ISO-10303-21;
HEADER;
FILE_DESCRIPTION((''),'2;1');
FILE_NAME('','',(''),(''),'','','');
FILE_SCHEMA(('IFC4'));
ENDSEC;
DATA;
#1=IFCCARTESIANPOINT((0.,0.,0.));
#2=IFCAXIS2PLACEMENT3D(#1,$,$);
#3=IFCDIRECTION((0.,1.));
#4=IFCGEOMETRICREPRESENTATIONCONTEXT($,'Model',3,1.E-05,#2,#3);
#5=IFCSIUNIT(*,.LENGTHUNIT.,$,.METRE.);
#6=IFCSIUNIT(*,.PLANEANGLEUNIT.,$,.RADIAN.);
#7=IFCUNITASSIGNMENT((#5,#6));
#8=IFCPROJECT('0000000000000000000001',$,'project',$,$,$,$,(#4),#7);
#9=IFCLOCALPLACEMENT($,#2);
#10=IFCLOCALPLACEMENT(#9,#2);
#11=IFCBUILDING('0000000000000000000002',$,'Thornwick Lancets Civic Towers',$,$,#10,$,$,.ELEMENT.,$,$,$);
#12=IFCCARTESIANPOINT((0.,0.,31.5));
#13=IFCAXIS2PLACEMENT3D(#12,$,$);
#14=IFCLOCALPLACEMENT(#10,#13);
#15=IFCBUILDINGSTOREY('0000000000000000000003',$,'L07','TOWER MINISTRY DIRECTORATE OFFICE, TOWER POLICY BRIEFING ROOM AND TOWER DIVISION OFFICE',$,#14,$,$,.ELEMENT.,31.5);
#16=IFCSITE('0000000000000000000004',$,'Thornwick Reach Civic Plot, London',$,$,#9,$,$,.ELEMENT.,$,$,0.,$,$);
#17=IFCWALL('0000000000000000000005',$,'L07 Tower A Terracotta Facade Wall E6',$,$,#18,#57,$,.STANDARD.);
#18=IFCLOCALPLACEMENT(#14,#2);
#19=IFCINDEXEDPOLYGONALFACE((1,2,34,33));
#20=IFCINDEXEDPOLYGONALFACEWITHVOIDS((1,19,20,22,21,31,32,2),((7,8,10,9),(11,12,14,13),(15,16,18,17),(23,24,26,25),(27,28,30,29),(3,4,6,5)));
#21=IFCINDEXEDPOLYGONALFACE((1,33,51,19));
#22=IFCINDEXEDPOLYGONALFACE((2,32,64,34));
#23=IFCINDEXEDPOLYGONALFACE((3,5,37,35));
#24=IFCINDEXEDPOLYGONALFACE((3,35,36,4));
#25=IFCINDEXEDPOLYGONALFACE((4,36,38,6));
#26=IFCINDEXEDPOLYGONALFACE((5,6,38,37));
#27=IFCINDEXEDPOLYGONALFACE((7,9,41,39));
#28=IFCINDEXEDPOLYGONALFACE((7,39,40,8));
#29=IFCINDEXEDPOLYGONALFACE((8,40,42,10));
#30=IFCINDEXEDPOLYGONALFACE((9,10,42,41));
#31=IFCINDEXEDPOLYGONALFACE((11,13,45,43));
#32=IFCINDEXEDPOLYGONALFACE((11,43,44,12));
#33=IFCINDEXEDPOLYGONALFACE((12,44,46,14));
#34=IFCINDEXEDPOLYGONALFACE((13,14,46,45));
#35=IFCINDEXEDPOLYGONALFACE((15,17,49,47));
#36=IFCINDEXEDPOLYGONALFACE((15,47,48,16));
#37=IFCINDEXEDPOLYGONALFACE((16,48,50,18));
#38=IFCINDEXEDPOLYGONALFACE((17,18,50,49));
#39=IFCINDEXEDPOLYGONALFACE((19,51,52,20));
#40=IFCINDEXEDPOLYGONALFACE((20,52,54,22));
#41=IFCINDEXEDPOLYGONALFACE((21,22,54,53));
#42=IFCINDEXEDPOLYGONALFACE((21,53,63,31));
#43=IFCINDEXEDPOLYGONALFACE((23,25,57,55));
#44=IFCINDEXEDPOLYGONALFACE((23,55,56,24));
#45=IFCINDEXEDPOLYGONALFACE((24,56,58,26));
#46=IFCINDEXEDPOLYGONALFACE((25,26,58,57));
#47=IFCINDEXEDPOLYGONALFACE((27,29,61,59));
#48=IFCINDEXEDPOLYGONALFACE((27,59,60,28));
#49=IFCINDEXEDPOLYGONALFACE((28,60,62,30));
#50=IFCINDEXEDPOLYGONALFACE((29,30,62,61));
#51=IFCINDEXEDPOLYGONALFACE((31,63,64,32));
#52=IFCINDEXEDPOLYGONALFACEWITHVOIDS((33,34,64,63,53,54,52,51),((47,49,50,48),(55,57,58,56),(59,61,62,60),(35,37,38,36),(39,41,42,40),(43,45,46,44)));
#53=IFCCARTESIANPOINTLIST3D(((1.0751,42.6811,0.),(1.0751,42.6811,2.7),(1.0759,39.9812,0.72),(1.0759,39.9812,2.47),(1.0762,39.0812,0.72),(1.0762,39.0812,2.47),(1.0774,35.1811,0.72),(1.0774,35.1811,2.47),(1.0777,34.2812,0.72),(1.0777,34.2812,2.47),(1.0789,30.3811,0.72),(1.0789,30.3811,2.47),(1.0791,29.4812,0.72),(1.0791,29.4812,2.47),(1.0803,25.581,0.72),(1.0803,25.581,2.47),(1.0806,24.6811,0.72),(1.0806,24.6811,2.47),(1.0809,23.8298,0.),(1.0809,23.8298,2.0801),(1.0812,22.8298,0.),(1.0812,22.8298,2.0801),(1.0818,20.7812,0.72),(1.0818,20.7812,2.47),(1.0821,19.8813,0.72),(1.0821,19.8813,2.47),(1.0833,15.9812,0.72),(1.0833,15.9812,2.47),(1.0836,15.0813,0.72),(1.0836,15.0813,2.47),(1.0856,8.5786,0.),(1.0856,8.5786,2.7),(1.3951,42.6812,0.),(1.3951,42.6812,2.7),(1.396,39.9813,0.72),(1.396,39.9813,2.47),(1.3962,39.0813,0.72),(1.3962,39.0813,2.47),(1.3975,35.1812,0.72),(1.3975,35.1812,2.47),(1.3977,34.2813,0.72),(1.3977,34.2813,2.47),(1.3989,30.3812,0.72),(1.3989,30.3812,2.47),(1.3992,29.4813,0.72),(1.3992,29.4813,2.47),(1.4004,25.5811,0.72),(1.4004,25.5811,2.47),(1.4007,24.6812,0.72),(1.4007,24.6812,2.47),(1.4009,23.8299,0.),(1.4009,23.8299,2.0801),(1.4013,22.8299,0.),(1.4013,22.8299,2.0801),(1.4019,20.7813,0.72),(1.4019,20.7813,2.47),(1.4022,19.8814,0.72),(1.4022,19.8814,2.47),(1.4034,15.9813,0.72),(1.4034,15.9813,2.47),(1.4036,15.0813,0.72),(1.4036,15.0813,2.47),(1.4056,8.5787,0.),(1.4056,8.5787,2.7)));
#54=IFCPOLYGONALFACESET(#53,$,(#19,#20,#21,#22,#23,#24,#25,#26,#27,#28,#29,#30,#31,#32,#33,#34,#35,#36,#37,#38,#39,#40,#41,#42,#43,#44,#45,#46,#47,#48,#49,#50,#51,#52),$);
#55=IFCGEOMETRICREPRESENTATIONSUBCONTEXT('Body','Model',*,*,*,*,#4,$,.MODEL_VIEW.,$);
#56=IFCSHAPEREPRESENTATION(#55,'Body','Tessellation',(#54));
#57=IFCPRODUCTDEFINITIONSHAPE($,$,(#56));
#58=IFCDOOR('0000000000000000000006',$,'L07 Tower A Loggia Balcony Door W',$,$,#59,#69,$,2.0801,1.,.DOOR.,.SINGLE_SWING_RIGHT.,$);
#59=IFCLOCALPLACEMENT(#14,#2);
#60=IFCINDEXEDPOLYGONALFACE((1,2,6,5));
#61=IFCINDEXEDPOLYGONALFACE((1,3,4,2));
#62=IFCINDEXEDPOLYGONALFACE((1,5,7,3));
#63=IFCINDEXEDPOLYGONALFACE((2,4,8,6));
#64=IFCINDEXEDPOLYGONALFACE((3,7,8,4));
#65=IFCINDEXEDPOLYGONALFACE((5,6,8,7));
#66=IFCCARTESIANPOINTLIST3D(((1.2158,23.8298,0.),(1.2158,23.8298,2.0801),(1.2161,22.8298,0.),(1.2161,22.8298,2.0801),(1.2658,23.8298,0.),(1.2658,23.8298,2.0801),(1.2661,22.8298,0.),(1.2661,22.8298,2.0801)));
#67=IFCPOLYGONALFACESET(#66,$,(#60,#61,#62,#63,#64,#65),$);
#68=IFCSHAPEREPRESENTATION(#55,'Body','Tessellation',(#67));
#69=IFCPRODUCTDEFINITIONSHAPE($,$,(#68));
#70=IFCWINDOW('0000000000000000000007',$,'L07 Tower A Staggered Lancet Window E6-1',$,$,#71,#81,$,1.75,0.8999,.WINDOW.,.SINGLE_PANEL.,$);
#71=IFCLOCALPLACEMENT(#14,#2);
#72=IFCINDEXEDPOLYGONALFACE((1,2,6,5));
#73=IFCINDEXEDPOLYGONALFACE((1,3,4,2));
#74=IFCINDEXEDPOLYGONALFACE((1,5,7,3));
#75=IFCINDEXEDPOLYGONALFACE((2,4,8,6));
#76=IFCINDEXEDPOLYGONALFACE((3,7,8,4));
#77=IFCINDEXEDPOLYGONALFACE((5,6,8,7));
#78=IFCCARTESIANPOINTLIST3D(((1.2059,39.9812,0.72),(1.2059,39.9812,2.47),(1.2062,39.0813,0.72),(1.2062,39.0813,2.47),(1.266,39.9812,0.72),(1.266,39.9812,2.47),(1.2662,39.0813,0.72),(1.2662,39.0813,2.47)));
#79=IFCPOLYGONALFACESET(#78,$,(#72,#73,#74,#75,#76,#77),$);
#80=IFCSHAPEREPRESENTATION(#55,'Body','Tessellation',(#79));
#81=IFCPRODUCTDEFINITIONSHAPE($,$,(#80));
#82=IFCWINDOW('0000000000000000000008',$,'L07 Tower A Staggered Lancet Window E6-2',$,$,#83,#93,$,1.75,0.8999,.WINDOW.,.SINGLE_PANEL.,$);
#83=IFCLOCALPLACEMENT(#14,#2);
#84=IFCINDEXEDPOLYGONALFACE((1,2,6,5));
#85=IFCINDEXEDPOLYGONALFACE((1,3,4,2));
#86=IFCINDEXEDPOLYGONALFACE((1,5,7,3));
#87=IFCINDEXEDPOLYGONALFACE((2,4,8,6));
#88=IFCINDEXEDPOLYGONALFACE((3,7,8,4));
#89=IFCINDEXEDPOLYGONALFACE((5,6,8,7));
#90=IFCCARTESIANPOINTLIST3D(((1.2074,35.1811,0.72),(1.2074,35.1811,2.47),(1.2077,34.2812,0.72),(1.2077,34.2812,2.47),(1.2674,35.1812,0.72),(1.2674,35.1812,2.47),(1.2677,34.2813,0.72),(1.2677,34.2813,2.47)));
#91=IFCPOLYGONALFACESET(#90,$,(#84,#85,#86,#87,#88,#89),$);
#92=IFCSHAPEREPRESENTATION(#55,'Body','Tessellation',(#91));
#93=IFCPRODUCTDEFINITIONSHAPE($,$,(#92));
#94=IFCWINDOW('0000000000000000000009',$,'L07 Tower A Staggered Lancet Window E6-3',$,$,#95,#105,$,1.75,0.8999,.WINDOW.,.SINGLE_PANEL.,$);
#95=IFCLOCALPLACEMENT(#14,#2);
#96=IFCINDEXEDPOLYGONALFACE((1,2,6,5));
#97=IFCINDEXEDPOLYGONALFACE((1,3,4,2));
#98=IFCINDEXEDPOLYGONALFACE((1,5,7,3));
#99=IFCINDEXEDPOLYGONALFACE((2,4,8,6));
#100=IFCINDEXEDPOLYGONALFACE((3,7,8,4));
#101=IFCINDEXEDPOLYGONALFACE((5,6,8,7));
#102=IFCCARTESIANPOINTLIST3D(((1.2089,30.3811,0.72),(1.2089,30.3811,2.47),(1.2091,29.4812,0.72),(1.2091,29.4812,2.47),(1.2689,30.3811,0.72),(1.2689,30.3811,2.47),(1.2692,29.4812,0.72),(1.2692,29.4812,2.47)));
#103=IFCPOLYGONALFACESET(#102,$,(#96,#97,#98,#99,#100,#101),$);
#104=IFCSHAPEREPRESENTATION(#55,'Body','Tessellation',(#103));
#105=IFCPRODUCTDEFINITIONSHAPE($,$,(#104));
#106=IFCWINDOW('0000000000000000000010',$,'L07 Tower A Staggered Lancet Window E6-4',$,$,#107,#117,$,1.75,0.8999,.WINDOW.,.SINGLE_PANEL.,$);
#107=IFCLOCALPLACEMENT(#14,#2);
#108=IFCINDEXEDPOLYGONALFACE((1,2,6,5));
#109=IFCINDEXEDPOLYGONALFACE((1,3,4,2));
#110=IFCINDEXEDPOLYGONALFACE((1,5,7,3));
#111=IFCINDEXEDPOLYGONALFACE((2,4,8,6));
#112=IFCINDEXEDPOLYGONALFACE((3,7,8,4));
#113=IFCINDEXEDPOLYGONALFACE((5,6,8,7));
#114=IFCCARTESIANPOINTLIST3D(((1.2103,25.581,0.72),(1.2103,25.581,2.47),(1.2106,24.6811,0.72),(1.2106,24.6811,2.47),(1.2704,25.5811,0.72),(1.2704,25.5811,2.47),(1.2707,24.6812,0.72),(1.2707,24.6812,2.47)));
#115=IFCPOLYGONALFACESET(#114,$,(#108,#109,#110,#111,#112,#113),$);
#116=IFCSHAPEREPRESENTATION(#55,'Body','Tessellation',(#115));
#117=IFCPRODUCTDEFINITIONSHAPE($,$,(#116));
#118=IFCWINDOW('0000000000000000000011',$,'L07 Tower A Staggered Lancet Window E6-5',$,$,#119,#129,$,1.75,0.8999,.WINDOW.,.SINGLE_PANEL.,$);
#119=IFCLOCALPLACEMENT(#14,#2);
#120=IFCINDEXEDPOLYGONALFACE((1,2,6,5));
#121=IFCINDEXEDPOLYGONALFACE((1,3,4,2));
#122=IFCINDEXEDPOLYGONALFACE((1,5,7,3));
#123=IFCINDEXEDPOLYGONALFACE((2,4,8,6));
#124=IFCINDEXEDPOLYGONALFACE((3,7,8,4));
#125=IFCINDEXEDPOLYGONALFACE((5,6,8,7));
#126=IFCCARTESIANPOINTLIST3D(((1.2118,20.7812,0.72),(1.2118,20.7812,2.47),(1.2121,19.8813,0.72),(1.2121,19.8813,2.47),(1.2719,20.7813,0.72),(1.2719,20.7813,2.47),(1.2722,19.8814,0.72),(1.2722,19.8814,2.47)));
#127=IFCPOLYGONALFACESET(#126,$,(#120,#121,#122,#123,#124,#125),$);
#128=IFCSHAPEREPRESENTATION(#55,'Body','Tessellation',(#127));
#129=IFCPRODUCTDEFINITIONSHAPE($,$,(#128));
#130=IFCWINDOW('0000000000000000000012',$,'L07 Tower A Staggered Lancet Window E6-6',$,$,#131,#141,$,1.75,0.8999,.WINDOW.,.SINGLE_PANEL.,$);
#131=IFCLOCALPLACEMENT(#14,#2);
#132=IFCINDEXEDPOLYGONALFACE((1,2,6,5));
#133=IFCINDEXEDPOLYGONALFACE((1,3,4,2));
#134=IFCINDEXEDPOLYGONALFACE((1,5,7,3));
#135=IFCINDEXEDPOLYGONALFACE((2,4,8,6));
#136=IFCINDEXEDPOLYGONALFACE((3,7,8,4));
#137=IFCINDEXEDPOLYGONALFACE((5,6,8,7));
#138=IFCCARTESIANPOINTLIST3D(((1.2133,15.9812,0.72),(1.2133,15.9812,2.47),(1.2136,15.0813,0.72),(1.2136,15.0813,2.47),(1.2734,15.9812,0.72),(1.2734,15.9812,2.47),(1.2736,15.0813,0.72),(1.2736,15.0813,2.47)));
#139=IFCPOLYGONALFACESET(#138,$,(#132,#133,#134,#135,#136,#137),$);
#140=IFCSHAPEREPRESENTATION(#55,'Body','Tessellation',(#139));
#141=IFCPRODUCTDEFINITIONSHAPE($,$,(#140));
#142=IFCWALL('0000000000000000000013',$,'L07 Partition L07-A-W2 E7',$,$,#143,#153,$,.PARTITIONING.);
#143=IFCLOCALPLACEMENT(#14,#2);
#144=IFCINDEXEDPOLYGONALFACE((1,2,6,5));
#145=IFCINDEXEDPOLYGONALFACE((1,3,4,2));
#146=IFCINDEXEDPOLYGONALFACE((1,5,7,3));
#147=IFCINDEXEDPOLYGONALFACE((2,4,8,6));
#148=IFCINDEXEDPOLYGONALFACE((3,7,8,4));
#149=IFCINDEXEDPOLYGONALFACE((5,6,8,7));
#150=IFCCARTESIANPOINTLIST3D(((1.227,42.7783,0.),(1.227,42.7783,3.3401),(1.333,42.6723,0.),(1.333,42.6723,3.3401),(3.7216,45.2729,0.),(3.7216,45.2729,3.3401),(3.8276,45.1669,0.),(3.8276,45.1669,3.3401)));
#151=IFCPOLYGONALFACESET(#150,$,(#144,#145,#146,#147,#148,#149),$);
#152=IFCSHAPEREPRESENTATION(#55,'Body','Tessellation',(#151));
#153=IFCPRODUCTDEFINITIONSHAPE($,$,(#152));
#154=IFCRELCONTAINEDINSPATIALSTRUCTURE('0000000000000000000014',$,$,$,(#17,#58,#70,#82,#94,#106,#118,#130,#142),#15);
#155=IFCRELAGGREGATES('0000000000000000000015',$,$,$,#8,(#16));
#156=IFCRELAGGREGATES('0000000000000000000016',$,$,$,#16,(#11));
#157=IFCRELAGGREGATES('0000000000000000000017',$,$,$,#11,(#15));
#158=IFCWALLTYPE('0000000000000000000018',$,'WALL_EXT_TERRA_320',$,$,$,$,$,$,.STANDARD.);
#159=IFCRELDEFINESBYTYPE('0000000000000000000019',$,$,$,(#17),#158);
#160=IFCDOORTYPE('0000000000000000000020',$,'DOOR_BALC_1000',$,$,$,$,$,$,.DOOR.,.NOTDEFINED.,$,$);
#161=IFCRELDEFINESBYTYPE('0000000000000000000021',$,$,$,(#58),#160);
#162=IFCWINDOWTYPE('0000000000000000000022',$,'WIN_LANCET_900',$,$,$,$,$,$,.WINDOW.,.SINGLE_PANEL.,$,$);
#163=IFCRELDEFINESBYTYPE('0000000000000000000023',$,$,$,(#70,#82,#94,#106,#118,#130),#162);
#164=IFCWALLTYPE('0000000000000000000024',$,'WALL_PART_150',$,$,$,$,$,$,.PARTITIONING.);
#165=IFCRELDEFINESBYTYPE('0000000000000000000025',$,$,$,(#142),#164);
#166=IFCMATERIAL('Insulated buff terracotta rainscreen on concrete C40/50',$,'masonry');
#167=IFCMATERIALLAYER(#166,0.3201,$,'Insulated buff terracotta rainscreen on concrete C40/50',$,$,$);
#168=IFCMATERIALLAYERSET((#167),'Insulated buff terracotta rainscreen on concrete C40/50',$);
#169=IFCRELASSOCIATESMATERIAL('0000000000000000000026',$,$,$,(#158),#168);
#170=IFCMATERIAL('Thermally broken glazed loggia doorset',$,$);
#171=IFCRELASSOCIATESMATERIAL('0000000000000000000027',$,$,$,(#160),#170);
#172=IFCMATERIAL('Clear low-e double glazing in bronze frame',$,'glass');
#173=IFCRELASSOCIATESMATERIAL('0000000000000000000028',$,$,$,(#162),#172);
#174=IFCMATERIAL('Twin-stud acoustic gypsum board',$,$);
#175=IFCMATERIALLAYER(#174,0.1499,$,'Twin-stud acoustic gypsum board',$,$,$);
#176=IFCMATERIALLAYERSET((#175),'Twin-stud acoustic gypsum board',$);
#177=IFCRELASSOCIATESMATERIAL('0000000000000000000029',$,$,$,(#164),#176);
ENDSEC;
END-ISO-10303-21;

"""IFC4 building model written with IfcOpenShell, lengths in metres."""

from ifc_helpers import new_model, si_unit, direction, frame, frame_2d, origin, place, context, subcontext, project, spatial, rectangle, extrude, material, layer, layer_set, type_object, element, fill, save


model = new_model("IFC4")

# Units and contexts
model_context = context("Model", 3, precision=1e-05, world=origin(), true_north=direction((0.0, 1.0)))
body_context = subcontext(model_context, "Body", "Model", "MODEL_VIEW")
ifc_project = project(units=[si_unit("LENGTHUNIT", "METRE"), si_unit("PLANEANGLEUNIT", "RADIAN")], contexts=[model_context])

# Site, building, storey
site_placement = place(None, origin())
site = spatial("IfcSite", under=ifc_project, at=site_placement, Name="Thornwick Reach Civic Plot, London", CompositionType="ELEMENT", RefElevation=0.0)
building_placement = place(site_placement, origin())
building = spatial("IfcBuilding", under=site, at=building_placement, Name="Thornwick Lancets Civic Towers", CompositionType="ELEMENT")
storey_placement = place(building_placement, frame((0.0, 0.0, 31.5)))
storey = spatial("IfcBuildingStorey", under=building, at=storey_placement, Name="L07", Description="TOWER MINISTRY DIRECTORATE OFFICE, TOWER POLICY BRIEFING ROOM AND TOWER DIVISION OFFICE", CompositionType="ELEMENT", Elevation=31.5)

# Wall, openings, door, windows
ifc_material_1 = material(Name="Insulated buff terracotta rainscreen on concrete C40/50", Category="masonry")
ifc_layer_1 = layer(ifc_material_1, 0.3201, Name="Insulated buff terracotta rainscreen on concrete C40/50")
ifc_layer_set_1 = layer_set([ifc_layer_1], Name="Insulated buff terracotta rainscreen on concrete C40/50")
wall_type_1 = type_object("IfcWallType", Name="WALL_EXT_TERRA_320", PredefinedType="STANDARD", material=ifc_layer_set_1)
wall_1_placement = place(storey_placement, frame((1.2351, 42.6812, 0.0), z_axis=(0.0, 0.0, 1.0), x_axis=(0.000308, -1.0, 0.0)))
wall_1 = element("IfcWall", 1, at=wall_1_placement, inside=storey, type_object=wall_type_1, Name="L07 Tower A Terracotta Facade Wall E6", PredefinedType="STANDARD", context=body_context, shape_type="SweptSolid", body=[
    extrude(rectangle(XDim=34.1025, YDim=0.3201, at=frame_2d((17.0513, 0.0))), origin(), (0.0, 0.0, 1.0), 2.7),
])
opening_1_placement = place(wall_1_placement, frame((18.8513, 0.0, 0.0)))
opening_1 = element("IfcOpeningElement", 2, at=opening_1_placement, cuts=wall_1, PredefinedType="OPENING", context=body_context, shape_type="SweptSolid", body=[
    extrude(rectangle(XDim=1.0, YDim=2.0801, at=frame_2d((0.5, 1.04))), frame((0.0, 0.1699, 0.0), z_axis=(0.0, -1.0, 0.0), x_axis=(1.0, 0.0, 0.0)), (0.0, 0.0, 1.0), 0.3401),
])
opening_2_placement = place(wall_1_placement, frame((2.7, 0.0, 0.72)))
opening_2 = element("IfcOpeningElement", 3, at=opening_2_placement, cuts=wall_1, PredefinedType="OPENING", context=body_context, shape_type="SweptSolid", body=[
    extrude(rectangle(XDim=0.8999, YDim=1.75, at=frame_2d((0.45, 0.875))), frame((0.0, 0.1699, 0.0), z_axis=(0.0, -1.0, 0.0), x_axis=(1.0, 0.0, 0.0)), (0.0, 0.0, 1.0), 0.3401),
])
opening_3_placement = place(wall_1_placement, frame((7.5, 0.0, 0.72)))
opening_3 = element("IfcOpeningElement", 4, at=opening_3_placement, cuts=wall_1, PredefinedType="OPENING", context=body_context, shape_type="SweptSolid", body=[
    extrude(rectangle(XDim=0.8999, YDim=1.75, at=frame_2d((0.45, 0.875))), frame((0.0, 0.1699, 0.0), z_axis=(0.0, -1.0, 0.0), x_axis=(1.0, 0.0, 0.0)), (0.0, 0.0, 1.0), 0.3401),
])
opening_4_placement = place(wall_1_placement, frame((12.3, 0.0, 0.72)))
opening_4 = element("IfcOpeningElement", 5, at=opening_4_placement, cuts=wall_1, PredefinedType="OPENING", context=body_context, shape_type="SweptSolid", body=[
    extrude(rectangle(XDim=0.8999, YDim=1.75, at=frame_2d((0.45, 0.875))), frame((0.0, 0.1699, 0.0), z_axis=(0.0, -1.0, 0.0), x_axis=(1.0, 0.0, 0.0)), (0.0, 0.0, 1.0), 0.3401),
])
opening_5_placement = place(wall_1_placement, frame((17.1001, 0.0, 0.72)))
opening_5 = element("IfcOpeningElement", 6, at=opening_5_placement, cuts=wall_1, PredefinedType="OPENING", context=body_context, shape_type="SweptSolid", body=[
    extrude(rectangle(XDim=0.8999, YDim=1.75, at=frame_2d((0.45, 0.875))), frame((0.0, 0.1699, 0.0), z_axis=(0.0, -1.0, 0.0), x_axis=(1.0, 0.0, 0.0)), (0.0, 0.0, 1.0), 0.3401),
])
opening_6_placement = place(wall_1_placement, frame((21.8999, 0.0, 0.72)))
opening_6 = element("IfcOpeningElement", 7, at=opening_6_placement, cuts=wall_1, PredefinedType="OPENING", context=body_context, shape_type="SweptSolid", body=[
    extrude(rectangle(XDim=0.8999, YDim=1.75, at=frame_2d((0.45, 0.875))), frame((0.0, 0.1699, 0.0), z_axis=(0.0, -1.0, 0.0), x_axis=(1.0, 0.0, 0.0)), (0.0, 0.0, 1.0), 0.3401),
])
opening_7_placement = place(wall_1_placement, frame((26.7, 0.0, 0.72)))
opening_7 = element("IfcOpeningElement", 8, at=opening_7_placement, cuts=wall_1, PredefinedType="OPENING", context=body_context, shape_type="SweptSolid", body=[
    extrude(rectangle(XDim=0.8999, YDim=1.75, at=frame_2d((0.45, 0.875))), frame((0.0, 0.1699, 0.0), z_axis=(0.0, -1.0, 0.0), x_axis=(1.0, 0.0, 0.0)), (0.0, 0.0, 1.0), 0.3401),
])
ifc_material_2 = material(Name="Thermally broken glazed loggia doorset")
door_type = type_object("IfcDoorType", Name="DOOR_BALC_1000", OperationType="NOTDEFINED", PredefinedType="DOOR", material=ifc_material_2)
door_placement = place(opening_1_placement, origin())
door = element("IfcDoor", 9, at=door_placement, inside=storey, type_object=door_type, Name="L07 Tower A Loggia Balcony Door W", OperationType="SINGLE_SWING_RIGHT", OverallHeight=2.0801, OverallWidth=1.0, PredefinedType="DOOR", context=body_context, shape_type="SweptSolid", body=[
    extrude(rectangle(XDim=1.0, YDim=2.0801, at=frame_2d((0.5, 1.04))), frame((0.0, 0.0249, 0.0), z_axis=(0.0, -1.0, 0.0), x_axis=(1.0, 0.0, 0.0)), (0.0, 0.0, 1.0), 0.05),
])
fill(opening_1, door)
ifc_material_3 = material(Name="Clear low-e double glazing in bronze frame", Category="glass")
window_type = type_object("IfcWindowType", Name="WIN_LANCET_900", PartitioningType="SINGLE_PANEL", PredefinedType="WINDOW", material=ifc_material_3)
window_1_placement = place(opening_2_placement, origin())
window_1 = element("IfcWindow", 10, at=window_1_placement, inside=storey, type_object=window_type, Name="L07 Tower A Staggered Lancet Window E6-1", OverallHeight=1.75, OverallWidth=0.8999, PartitioningType="SINGLE_PANEL", PredefinedType="WINDOW", context=body_context, shape_type="SweptSolid", body=[
    extrude(rectangle(XDim=0.8999, YDim=1.75, at=frame_2d((0.45, 0.875))), frame((0.0, 0.03, 0.0), z_axis=(0.0, -1.0, 0.0), x_axis=(1.0, 0.0, 0.0)), (0.0, 0.0, 1.0), 0.0601),
])
fill(opening_2, window_1)
window_2_placement = place(opening_3_placement, origin())
window_2 = element("IfcWindow", 11, at=window_2_placement, inside=storey, type_object=window_type, Name="L07 Tower A Staggered Lancet Window E6-2", OverallHeight=1.75, OverallWidth=0.8999, PartitioningType="SINGLE_PANEL", PredefinedType="WINDOW", context=body_context, shape_type="SweptSolid", body=[
    extrude(rectangle(XDim=0.8999, YDim=1.75, at=frame_2d((0.45, 0.875))), frame((0.0, 0.03, 0.0), z_axis=(0.0, -1.0, 0.0), x_axis=(1.0, 0.0, 0.0)), (0.0, 0.0, 1.0), 0.0601),
])
fill(opening_3, window_2)
window_3_placement = place(opening_4_placement, origin())
window_3 = element("IfcWindow", 12, at=window_3_placement, inside=storey, type_object=window_type, Name="L07 Tower A Staggered Lancet Window E6-3", OverallHeight=1.75, OverallWidth=0.8999, PartitioningType="SINGLE_PANEL", PredefinedType="WINDOW", context=body_context, shape_type="SweptSolid", body=[
    extrude(rectangle(XDim=0.8999, YDim=1.75, at=frame_2d((0.45, 0.875))), frame((0.0, 0.03, 0.0), z_axis=(0.0, -1.0, 0.0), x_axis=(1.0, 0.0, 0.0)), (0.0, 0.0, 1.0), 0.0601),
])
fill(opening_4, window_3)
window_4_placement = place(opening_5_placement, origin())
window_4 = element("IfcWindow", 13, at=window_4_placement, inside=storey, type_object=window_type, Name="L07 Tower A Staggered Lancet Window E6-4", OverallHeight=1.75, OverallWidth=0.8999, PartitioningType="SINGLE_PANEL", PredefinedType="WINDOW", context=body_context, shape_type="SweptSolid", body=[
    extrude(rectangle(XDim=0.8999, YDim=1.75, at=frame_2d((0.45, 0.875))), frame((0.0, 0.03, 0.0), z_axis=(0.0, -1.0, 0.0), x_axis=(1.0, 0.0, 0.0)), (0.0, 0.0, 1.0), 0.0601),
])
fill(opening_5, window_4)
window_5_placement = place(opening_6_placement, origin())
window_5 = element("IfcWindow", 14, at=window_5_placement, inside=storey, type_object=window_type, Name="L07 Tower A Staggered Lancet Window E6-5", OverallHeight=1.75, OverallWidth=0.8999, PartitioningType="SINGLE_PANEL", PredefinedType="WINDOW", context=body_context, shape_type="SweptSolid", body=[
    extrude(rectangle(XDim=0.8999, YDim=1.75, at=frame_2d((0.45, 0.875))), frame((0.0, 0.03, 0.0), z_axis=(0.0, -1.0, 0.0), x_axis=(1.0, 0.0, 0.0)), (0.0, 0.0, 1.0), 0.0601),
])
fill(opening_6, window_5)
window_6_placement = place(opening_7_placement, origin())
window_6 = element("IfcWindow", 15, at=window_6_placement, inside=storey, type_object=window_type, Name="L07 Tower A Staggered Lancet Window E6-6", OverallHeight=1.75, OverallWidth=0.8999, PartitioningType="SINGLE_PANEL", PredefinedType="WINDOW", context=body_context, shape_type="SweptSolid", body=[
    extrude(rectangle(XDim=0.8999, YDim=1.75, at=frame_2d((0.45, 0.875))), frame((0.0, 0.03, 0.0), z_axis=(0.0, -1.0, 0.0), x_axis=(1.0, 0.0, 0.0)), (0.0, 0.0, 1.0), 0.0601),
])
fill(opening_7, window_6)

# Wall
ifc_material_4 = material(Name="Twin-stud acoustic gypsum board")
ifc_layer_2 = layer(ifc_material_4, 0.1499, Name="Twin-stud acoustic gypsum board")
ifc_layer_set_2 = layer_set([ifc_layer_2], Name="Twin-stud acoustic gypsum board")
wall_type_2 = type_object("IfcWallType", Name="WALL_PART_150", PredefinedType="PARTITIONING", material=ifc_layer_set_2)
wall_2_placement = place(storey_placement, frame((1.28, 42.7253, 0.0), z_axis=(0.0, 0.0, 1.0), x_axis=(0.707107, 0.707107, 0.0)))
element("IfcWall", 16, at=wall_2_placement, inside=storey, type_object=wall_type_2, Name="L07 Partition L07-A-W2 E7", PredefinedType="PARTITIONING", context=body_context, shape_type="SweptSolid", body=[
    extrude(rectangle(XDim=3.5278, YDim=0.1499, at=frame_2d((1.7639, 0.0))), origin(), (0.0, 0.0, 1.0), 3.3401),
])

save(model, "model.ifc")
